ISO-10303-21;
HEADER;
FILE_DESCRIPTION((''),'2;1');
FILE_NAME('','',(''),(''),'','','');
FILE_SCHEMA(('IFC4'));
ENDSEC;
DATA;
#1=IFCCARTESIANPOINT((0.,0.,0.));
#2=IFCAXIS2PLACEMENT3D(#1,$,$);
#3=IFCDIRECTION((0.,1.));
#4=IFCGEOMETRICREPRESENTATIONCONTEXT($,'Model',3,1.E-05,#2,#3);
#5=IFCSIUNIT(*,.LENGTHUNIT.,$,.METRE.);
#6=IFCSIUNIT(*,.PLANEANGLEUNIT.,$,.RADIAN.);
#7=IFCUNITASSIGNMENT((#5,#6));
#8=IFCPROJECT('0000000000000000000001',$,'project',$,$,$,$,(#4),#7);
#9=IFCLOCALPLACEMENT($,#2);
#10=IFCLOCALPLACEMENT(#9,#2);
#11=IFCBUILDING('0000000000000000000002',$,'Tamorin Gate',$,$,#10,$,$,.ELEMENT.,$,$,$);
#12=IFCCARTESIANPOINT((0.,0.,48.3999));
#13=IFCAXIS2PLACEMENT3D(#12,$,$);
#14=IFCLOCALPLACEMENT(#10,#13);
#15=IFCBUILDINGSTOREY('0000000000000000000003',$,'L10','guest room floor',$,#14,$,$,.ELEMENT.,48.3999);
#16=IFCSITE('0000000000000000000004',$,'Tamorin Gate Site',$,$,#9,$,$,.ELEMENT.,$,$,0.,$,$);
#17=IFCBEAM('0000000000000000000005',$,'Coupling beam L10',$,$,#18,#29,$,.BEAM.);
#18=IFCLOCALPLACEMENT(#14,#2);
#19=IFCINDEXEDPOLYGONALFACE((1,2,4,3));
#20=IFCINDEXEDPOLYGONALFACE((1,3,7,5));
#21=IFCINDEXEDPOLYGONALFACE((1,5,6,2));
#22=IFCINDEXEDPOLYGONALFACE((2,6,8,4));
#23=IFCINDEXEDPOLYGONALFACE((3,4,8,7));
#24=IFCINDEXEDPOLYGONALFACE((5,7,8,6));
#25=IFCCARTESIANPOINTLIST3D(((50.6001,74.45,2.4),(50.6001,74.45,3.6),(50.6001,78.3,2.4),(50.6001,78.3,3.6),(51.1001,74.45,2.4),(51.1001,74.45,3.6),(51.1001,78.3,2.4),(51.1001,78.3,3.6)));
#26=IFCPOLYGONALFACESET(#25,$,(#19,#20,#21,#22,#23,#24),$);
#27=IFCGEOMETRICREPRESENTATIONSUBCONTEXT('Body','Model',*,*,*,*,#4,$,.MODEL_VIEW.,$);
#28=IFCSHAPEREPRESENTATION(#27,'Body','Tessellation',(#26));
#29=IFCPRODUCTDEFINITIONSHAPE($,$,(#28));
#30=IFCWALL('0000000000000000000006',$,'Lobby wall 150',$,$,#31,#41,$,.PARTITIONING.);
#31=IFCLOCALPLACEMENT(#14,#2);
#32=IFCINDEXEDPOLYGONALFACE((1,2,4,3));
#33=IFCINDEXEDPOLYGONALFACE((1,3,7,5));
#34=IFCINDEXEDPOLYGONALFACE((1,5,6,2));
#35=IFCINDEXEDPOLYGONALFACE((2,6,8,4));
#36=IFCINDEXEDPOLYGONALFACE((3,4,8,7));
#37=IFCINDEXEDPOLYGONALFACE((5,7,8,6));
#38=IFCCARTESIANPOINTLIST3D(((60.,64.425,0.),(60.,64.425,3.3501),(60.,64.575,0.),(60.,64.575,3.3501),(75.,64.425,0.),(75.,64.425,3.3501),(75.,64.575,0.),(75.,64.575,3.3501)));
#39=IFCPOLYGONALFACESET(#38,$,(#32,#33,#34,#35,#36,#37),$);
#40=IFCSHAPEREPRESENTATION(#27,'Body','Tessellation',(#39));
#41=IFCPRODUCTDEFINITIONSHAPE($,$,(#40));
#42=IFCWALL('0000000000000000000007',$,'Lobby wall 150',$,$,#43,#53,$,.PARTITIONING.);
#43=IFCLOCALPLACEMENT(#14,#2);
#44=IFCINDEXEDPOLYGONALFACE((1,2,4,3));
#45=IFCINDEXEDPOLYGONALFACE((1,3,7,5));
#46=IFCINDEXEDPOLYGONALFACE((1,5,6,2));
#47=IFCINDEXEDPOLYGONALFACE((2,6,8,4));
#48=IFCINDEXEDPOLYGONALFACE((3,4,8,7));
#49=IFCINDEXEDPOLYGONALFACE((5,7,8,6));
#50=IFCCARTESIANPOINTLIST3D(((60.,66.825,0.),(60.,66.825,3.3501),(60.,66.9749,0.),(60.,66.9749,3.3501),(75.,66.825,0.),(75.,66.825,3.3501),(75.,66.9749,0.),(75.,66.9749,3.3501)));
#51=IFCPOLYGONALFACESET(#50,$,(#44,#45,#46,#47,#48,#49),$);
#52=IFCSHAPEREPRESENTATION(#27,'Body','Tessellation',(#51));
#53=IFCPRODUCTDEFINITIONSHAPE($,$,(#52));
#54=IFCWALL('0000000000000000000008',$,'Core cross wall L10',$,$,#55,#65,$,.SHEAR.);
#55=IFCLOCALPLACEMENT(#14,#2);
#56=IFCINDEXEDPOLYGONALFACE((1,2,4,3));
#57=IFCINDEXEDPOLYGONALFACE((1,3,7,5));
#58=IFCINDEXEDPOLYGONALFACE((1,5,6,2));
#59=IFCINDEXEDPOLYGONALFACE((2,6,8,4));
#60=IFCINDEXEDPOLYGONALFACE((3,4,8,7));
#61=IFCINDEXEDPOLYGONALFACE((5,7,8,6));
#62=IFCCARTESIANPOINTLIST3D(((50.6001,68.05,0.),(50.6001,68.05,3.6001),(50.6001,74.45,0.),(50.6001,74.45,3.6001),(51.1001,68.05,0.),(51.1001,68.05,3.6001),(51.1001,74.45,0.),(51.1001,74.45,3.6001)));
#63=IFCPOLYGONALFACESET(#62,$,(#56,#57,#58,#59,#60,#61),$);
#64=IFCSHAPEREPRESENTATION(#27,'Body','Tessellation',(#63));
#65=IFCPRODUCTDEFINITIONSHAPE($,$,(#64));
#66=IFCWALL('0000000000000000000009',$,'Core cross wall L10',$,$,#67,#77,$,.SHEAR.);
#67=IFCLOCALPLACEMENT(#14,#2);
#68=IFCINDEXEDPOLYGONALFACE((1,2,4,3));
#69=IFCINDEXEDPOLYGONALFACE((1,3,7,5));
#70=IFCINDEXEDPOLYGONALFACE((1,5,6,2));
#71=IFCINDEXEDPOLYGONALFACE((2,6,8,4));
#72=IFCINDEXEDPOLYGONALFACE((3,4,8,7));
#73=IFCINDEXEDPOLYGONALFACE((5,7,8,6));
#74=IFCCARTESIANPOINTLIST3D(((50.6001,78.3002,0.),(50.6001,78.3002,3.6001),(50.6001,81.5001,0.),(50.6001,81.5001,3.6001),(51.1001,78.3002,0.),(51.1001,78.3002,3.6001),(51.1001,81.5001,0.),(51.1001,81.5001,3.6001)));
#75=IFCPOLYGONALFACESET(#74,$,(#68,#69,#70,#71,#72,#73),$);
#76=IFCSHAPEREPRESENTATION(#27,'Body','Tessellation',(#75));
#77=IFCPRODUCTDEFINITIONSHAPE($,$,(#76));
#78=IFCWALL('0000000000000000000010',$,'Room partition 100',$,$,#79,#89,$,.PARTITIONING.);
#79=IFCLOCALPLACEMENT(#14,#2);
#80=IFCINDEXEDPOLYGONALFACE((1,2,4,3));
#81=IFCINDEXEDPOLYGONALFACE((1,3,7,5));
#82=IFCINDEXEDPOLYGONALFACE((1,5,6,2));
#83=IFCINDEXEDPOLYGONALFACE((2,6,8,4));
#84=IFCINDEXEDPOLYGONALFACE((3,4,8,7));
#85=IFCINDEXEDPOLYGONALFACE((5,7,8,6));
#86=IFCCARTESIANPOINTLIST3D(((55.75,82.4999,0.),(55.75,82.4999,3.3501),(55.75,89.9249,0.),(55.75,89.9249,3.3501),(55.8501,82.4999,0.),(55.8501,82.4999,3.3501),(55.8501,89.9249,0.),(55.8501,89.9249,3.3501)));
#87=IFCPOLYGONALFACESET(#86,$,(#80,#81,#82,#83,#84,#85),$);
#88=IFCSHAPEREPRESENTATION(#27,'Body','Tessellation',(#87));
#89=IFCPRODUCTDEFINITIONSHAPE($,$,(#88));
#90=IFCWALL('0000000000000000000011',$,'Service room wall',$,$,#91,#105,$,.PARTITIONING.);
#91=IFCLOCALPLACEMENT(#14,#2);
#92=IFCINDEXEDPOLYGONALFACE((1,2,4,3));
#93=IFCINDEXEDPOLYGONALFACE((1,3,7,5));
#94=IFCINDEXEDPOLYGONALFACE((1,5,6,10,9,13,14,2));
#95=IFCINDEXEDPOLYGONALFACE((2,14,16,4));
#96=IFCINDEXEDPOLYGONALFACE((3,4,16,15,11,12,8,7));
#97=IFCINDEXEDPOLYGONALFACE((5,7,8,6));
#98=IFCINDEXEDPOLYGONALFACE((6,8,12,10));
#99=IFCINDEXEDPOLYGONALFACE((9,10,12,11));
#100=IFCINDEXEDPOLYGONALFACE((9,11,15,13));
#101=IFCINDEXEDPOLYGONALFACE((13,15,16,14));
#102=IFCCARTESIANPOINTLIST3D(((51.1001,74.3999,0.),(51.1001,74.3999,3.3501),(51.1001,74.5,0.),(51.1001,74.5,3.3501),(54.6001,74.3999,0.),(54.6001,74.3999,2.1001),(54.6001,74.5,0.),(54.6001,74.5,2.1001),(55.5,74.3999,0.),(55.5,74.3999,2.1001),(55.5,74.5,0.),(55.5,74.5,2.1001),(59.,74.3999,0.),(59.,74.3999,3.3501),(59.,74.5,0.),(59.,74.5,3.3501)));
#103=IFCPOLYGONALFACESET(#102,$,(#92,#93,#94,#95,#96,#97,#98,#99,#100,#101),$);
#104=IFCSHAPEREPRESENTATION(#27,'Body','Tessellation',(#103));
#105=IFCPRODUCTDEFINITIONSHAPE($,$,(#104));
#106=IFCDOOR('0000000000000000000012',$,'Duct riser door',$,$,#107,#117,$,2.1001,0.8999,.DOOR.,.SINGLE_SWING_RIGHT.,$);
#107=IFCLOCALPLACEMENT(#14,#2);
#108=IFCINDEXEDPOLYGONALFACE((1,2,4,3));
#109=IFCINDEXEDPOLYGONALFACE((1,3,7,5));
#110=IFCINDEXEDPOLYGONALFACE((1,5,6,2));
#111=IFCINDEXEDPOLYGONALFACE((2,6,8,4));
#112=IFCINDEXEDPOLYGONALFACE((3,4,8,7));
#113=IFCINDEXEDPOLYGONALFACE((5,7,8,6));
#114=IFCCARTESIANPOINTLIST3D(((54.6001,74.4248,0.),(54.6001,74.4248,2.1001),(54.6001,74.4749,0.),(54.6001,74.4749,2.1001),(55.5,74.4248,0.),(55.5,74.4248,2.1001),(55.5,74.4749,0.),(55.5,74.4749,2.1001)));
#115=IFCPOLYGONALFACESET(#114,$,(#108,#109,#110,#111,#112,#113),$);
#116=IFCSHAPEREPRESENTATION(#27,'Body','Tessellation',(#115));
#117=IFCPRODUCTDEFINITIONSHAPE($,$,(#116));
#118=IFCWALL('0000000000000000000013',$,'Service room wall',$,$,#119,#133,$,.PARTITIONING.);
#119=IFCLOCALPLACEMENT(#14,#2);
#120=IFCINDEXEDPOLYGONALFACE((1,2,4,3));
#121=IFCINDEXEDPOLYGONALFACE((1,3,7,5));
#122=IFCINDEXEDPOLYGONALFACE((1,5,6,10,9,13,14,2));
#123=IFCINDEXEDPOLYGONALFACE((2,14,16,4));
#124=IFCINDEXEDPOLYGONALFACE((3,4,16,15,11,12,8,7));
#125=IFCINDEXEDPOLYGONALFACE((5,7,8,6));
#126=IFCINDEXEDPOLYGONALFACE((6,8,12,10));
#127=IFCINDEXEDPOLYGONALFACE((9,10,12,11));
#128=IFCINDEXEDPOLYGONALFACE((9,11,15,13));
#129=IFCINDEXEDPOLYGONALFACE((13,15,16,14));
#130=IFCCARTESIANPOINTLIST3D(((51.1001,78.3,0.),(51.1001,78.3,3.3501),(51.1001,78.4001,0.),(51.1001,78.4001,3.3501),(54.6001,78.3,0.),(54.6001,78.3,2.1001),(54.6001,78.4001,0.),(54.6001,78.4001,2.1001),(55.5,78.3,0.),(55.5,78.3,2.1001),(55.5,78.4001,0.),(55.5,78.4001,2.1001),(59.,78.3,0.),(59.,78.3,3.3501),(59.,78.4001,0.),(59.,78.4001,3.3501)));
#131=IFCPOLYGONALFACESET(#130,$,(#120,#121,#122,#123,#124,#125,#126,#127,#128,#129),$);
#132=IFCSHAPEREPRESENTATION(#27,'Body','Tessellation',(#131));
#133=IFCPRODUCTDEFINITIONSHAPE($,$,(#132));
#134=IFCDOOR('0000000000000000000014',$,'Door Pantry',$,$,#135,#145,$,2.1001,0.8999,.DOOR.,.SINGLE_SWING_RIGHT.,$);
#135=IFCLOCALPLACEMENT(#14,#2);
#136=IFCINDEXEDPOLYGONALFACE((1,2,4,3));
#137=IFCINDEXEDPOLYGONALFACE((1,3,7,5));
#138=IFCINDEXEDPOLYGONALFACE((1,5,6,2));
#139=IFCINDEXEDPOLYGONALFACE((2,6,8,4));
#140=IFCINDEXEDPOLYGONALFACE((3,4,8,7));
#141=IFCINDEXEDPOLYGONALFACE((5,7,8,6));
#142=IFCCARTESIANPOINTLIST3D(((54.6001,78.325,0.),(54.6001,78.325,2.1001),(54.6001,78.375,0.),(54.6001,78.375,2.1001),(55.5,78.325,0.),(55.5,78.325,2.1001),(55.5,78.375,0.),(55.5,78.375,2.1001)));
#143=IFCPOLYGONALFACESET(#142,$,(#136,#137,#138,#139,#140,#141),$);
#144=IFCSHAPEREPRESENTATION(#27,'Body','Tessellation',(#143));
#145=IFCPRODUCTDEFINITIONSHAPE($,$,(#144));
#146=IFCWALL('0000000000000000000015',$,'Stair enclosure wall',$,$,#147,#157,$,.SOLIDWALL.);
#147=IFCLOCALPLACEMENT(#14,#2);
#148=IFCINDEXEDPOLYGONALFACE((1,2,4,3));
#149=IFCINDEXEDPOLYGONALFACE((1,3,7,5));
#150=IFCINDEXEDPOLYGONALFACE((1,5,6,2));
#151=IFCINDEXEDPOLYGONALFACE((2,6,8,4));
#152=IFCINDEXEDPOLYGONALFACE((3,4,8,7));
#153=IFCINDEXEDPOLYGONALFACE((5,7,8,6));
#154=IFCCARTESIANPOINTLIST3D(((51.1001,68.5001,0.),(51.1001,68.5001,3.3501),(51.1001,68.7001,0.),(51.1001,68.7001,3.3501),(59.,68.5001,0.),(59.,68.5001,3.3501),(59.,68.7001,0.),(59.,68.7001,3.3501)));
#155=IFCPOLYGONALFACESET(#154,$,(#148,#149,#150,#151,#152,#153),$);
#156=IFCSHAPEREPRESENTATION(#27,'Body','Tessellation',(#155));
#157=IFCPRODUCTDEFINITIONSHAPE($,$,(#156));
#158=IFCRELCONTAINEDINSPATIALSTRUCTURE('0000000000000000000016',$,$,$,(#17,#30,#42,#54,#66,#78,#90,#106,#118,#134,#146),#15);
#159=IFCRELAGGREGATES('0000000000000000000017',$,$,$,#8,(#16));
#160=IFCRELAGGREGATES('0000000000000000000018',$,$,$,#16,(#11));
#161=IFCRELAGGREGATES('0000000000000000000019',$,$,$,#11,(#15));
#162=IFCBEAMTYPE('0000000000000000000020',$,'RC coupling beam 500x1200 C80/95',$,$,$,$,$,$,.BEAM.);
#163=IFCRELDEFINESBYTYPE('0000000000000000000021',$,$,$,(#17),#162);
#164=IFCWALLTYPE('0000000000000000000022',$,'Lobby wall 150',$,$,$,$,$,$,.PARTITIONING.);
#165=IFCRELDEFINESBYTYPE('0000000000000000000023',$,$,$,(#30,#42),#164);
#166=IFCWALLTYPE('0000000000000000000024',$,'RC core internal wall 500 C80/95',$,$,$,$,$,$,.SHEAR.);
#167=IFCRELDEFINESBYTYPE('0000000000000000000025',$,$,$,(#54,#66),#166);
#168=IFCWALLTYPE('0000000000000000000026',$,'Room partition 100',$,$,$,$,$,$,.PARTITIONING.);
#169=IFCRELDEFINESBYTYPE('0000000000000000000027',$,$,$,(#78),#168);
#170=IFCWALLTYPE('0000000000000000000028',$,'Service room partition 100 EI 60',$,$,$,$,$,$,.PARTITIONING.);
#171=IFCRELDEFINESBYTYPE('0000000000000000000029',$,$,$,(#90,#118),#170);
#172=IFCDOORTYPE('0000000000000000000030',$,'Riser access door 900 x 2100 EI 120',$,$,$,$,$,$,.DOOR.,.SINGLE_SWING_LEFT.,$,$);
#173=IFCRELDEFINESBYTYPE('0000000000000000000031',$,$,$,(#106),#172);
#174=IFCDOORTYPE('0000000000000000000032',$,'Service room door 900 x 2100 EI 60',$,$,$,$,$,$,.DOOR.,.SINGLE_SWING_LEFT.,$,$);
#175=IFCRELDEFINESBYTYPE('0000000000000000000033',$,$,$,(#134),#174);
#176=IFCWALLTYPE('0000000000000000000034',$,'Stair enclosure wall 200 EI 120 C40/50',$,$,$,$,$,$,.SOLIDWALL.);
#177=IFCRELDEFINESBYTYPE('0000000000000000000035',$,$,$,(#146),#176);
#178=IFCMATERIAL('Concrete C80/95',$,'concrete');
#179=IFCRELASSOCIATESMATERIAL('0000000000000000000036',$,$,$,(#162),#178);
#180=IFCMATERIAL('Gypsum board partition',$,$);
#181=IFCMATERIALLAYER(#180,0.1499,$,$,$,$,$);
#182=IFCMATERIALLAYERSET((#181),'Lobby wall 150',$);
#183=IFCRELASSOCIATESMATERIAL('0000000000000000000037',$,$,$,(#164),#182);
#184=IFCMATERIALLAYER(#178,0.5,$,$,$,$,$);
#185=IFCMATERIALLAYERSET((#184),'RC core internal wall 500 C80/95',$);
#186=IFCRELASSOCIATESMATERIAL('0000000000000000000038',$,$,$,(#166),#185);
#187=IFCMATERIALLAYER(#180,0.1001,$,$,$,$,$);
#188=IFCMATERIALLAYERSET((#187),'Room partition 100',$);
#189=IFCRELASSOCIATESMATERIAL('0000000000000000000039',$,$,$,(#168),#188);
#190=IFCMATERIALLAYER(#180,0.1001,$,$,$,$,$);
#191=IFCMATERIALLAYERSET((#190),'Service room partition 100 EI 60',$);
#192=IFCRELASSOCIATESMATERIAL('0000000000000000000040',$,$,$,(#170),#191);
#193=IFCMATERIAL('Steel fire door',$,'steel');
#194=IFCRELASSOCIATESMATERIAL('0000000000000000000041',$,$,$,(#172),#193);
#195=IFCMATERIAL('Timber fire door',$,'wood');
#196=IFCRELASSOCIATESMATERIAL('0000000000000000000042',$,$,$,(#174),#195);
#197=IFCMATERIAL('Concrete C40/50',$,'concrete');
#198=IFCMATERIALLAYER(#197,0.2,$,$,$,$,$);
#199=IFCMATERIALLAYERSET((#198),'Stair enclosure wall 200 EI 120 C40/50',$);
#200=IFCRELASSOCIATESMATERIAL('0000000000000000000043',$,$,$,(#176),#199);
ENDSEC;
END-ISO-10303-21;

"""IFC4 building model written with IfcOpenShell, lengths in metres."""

from ifc_helpers import new_model, si_unit, direction, frame, frame_2d, origin, origin_2d, place, context, subcontext, project, spatial, rectangle, extrude, material, layer, layer_set, material_profile, profile_set, type_object, element, fill, save


model = new_model("IFC4")

# Units and contexts
model_context = context("Model", 3, precision=1e-05, world=origin(), true_north=direction((0.0, 1.0)))
body_context = subcontext(model_context, "Body", "Model", "MODEL_VIEW")
ifc_project = project(units=[si_unit("LENGTHUNIT", "METRE"), si_unit("PLANEANGLEUNIT", "RADIAN")], contexts=[model_context])

# Site, building, storey
site_placement = place(None, origin())
site = spatial("IfcSite", under=ifc_project, at=site_placement, Name="Tamorin Gate Site", CompositionType="ELEMENT", RefElevation=0.0)
building_placement = place(site_placement, origin())
building = spatial("IfcBuilding", under=site, at=building_placement, Name="Tamorin Gate", CompositionType="ELEMENT")
storey_placement = place(building_placement, frame((0.0, 0.0, 48.3999)))
storey = spatial("IfcBuildingStorey", under=building, at=storey_placement, Name="L10", Description="guest room floor", CompositionType="ELEMENT", Elevation=48.3999)

# Beam
ifc_material_1 = material(Name="Concrete C80/95", Category="concrete")
ifc_material_profile = material_profile(ifc_material_1, rectangle(XDim=0.5, YDim=1.2, at=origin_2d()), Name="RC 500x1200")
ifc_profile_set = profile_set([ifc_material_profile], Name="Concrete C80/95")
beam_type = type_object("IfcBeamType", Name="RC coupling beam 500x1200 C80/95", PredefinedType="BEAM", material=ifc_profile_set)
beam_placement = place(storey_placement, frame((50.8501, 74.45, 3.0), z_axis=(0.0, 1.0, 0.0), x_axis=(-1.0, 0.0, 0.0)))
element("IfcBeam", 1, at=beam_placement, inside=storey, type_object=beam_type, Name="Coupling beam L10", PredefinedType="BEAM", context=body_context, shape_type="SweptSolid", body=[
    extrude(rectangle(XDim=0.5, YDim=1.2, at=origin_2d()), origin(), (0.0, 0.0, 1.0), 3.8501),
])

# Walls
ifc_material_2 = material(Name="Gypsum board partition")
ifc_layer_1 = layer(ifc_material_2, 0.1499)
ifc_layer_set_1 = layer_set([ifc_layer_1], Name="Lobby wall 150")
wall_type_1 = type_object("IfcWallType", Name="Lobby wall 150", PredefinedType="PARTITIONING", material=ifc_layer_set_1)
for number, where, z_axis, x_axis, name in (
    (2, (60.0, 64.5, 0.0), (0.0, 0.0, 1.0), (1.0, 0.0, 0.0), "Lobby wall 150"),
    (3, (60.0, 66.8999, 0.0), (0.0, 0.0, 1.0), (1.0, 0.0, 0.0), "Lobby wall 150"),
):
    element("IfcWall", number, at=place(storey_placement, frame(where, z_axis=z_axis, x_axis=x_axis)), inside=storey, type_object=wall_type_1, Name=name, PredefinedType="PARTITIONING", context=body_context, shape_type="SweptSolid", body=[
        extrude(rectangle(XDim=15.0, YDim=0.1499, at=frame_2d((7.5, 0.0))), origin(), (0.0, 0.0, 1.0), 3.3501),
    ])
ifc_layer_2 = layer(ifc_material_1, 0.5)
ifc_layer_set_2 = layer_set([ifc_layer_2], Name="RC core internal wall 500 C80/95")
wall_type_2 = type_object("IfcWallType", Name="RC core internal wall 500 C80/95", PredefinedType="SHEAR", material=ifc_layer_set_2)
wall_1_placement = place(storey_placement, frame((50.8501, 68.05, 0.0), z_axis=(0.0, 0.0, 1.0), x_axis=(0.0, 1.0, 0.0)))
element("IfcWall", 4, at=wall_1_placement, inside=storey, type_object=wall_type_2, Name="Core cross wall L10", PredefinedType="SHEAR", context=body_context, shape_type="SweptSolid", body=[
    extrude(rectangle(XDim=6.3999, YDim=0.5, at=frame_2d((3.2, 0.0))), origin(), (0.0, 0.0, 1.0), 3.6001),
])
wall_2_placement = place(storey_placement, frame((50.8501, 78.3, 0.0), z_axis=(0.0, 0.0, 1.0), x_axis=(0.0, 1.0, 0.0)))
element("IfcWall", 5, at=wall_2_placement, inside=storey, type_object=wall_type_2, Name="Core cross wall L10", PredefinedType="SHEAR", context=body_context, shape_type="SweptSolid", body=[
    extrude(rectangle(XDim=3.2, YDim=0.5, at=frame_2d((1.6001, 0.0))), origin(), (0.0, 0.0, 1.0), 3.6001),
])
ifc_layer_3 = layer(ifc_material_2, 0.1001)
ifc_layer_set_3 = layer_set([ifc_layer_3], Name="Room partition 100")
wall_type_3 = type_object("IfcWallType", Name="Room partition 100", PredefinedType="PARTITIONING", material=ifc_layer_set_3)
wall_3_placement = place(storey_placement, frame((55.8, 82.5, 0.0), z_axis=(0.0, 0.0, 1.0), x_axis=(0.0, 1.0, 0.0)))
element("IfcWall", 6, at=wall_3_placement, inside=storey, type_object=wall_type_3, Name="Room partition 100", PredefinedType="PARTITIONING", context=body_context, shape_type="SweptSolid", body=[
    extrude(rectangle(XDim=7.425, YDim=0.1001, at=frame_2d((3.7124, 0.0))), origin(), (0.0, 0.0, 1.0), 3.3501),
])

# Walls, openings, doors
ifc_layer_4 = layer(ifc_material_2, 0.1001)
ifc_layer_set_4 = layer_set([ifc_layer_4], Name="Service room partition 100 EI 60")
wall_type_4 = type_object("IfcWallType", Name="Service room partition 100 EI 60", PredefinedType="PARTITIONING", material=ifc_layer_set_4)
wall_4_placement = place(storey_placement, frame((51.1001, 74.45, 0.0), z_axis=(0.0, 0.0, 1.0), x_axis=(1.0, 0.0, 0.0)))
wall_4 = element("IfcWall", 7, at=wall_4_placement, inside=storey, type_object=wall_type_4, Name="Service room wall", PredefinedType="PARTITIONING", context=body_context, shape_type="SweptSolid", body=[
    extrude(rectangle(XDim=7.8999, YDim=0.1001, at=frame_2d((3.95, 0.0))), origin(), (0.0, 0.0, 1.0), 3.3501),
])
opening_1_placement = place(wall_4_placement, frame((3.5, 0.0, 0.0)))
opening_1 = element("IfcOpeningElement", 8, at=opening_1_placement, cuts=wall_4, PredefinedType="OPENING", context=body_context, shape_type="SweptSolid", body=[
    extrude(rectangle(XDim=0.8999, YDim=2.1001, at=frame_2d((0.45, 1.05))), frame((0.0, 0.0601, 0.0), z_axis=(0.0, -1.0, 0.0), x_axis=(1.0, 0.0, 0.0)), (0.0, 0.0, 1.0), 0.1201),
])
ifc_material_3 = material(Name="Steel fire door", Category="steel")
door_type_1 = type_object("IfcDoorType", Name="Riser access door 900 x 2100 EI 120", OperationType="SINGLE_SWING_LEFT", PredefinedType="DOOR", material=ifc_material_3)
door_1_placement = place(opening_1_placement, origin())
door_1 = element("IfcDoor", 9, at=door_1_placement, inside=storey, type_object=door_type_1, Name="Duct riser door", OperationType="SINGLE_SWING_RIGHT", OverallHeight=2.1001, OverallWidth=0.8999, PredefinedType="DOOR", context=body_context, shape_type="SweptSolid", body=[
    extrude(rectangle(XDim=0.8999, YDim=2.1001, at=frame_2d((0.45, 1.05))), frame((0.0, 0.0249, 0.0), z_axis=(0.0, -1.0, 0.0), x_axis=(1.0, 0.0, 0.0)), (0.0, 0.0, 1.0), 0.05),
])
fill(opening_1, door_1)
wall_5_placement = place(storey_placement, frame((51.1001, 78.3501, 0.0), z_axis=(0.0, 0.0, 1.0), x_axis=(1.0, 0.0, 0.0)))
wall_5 = element("IfcWall", 10, at=wall_5_placement, inside=storey, type_object=wall_type_4, Name="Service room wall", PredefinedType="PARTITIONING", context=body_context, shape_type="SweptSolid", body=[
    extrude(rectangle(XDim=7.8999, YDim=0.1001, at=frame_2d((3.95, 0.0))), origin(), (0.0, 0.0, 1.0), 3.3501),
])
opening_2_placement = place(wall_5_placement, frame((3.5, 0.0, 0.0)))
opening_2 = element("IfcOpeningElement", 11, at=opening_2_placement, cuts=wall_5, PredefinedType="OPENING", context=body_context, shape_type="SweptSolid", body=[
    extrude(rectangle(XDim=0.8999, YDim=2.1001, at=frame_2d((0.45, 1.05))), frame((0.0, 0.0601, 0.0), z_axis=(0.0, -1.0, 0.0), x_axis=(1.0, 0.0, 0.0)), (0.0, 0.0, 1.0), 0.1201),
])
ifc_material_4 = material(Name="Timber fire door", Category="wood")
door_type_2 = type_object("IfcDoorType", Name="Service room door 900 x 2100 EI 60", OperationType="SINGLE_SWING_LEFT", PredefinedType="DOOR", material=ifc_material_4)
door_2_placement = place(opening_2_placement, origin())
door_2 = element("IfcDoor", 12, at=door_2_placement, inside=storey, type_object=door_type_2, Name="Door Pantry", OperationType="SINGLE_SWING_RIGHT", OverallHeight=2.1001, OverallWidth=0.8999, PredefinedType="DOOR", context=body_context, shape_type="SweptSolid", body=[
    extrude(rectangle(XDim=0.8999, YDim=2.1001, at=frame_2d((0.45, 1.05))), frame((0.0, 0.0249, 0.0), z_axis=(0.0, -1.0, 0.0), x_axis=(1.0, 0.0, 0.0)), (0.0, 0.0, 1.0), 0.05),
])
fill(opening_2, door_2)

# Wall
ifc_material_5 = material(Name="Concrete C40/50", Category="concrete")
ifc_layer_5 = layer(ifc_material_5, 0.2)
ifc_layer_set_5 = layer_set([ifc_layer_5], Name="Stair enclosure wall 200 EI 120 C40/50")
wall_type_5 = type_object("IfcWallType", Name="Stair enclosure wall 200 EI 120 C40/50", PredefinedType="SOLIDWALL", material=ifc_layer_set_5)
wall_6_placement = place(storey_placement, frame((51.1001, 68.6001, 0.0), z_axis=(0.0, 0.0, 1.0), x_axis=(1.0, 0.0, 0.0)))
element("IfcWall", 13, at=wall_6_placement, inside=storey, type_object=wall_type_5, Name="Stair enclosure wall", PredefinedType="SOLIDWALL", context=body_context, shape_type="SweptSolid", body=[
    extrude(rectangle(XDim=7.8999, YDim=0.2, at=frame_2d((3.95, 0.0))), origin(), (0.0, 0.0, 1.0), 3.3501),
])

save(model, "model.ifc")
